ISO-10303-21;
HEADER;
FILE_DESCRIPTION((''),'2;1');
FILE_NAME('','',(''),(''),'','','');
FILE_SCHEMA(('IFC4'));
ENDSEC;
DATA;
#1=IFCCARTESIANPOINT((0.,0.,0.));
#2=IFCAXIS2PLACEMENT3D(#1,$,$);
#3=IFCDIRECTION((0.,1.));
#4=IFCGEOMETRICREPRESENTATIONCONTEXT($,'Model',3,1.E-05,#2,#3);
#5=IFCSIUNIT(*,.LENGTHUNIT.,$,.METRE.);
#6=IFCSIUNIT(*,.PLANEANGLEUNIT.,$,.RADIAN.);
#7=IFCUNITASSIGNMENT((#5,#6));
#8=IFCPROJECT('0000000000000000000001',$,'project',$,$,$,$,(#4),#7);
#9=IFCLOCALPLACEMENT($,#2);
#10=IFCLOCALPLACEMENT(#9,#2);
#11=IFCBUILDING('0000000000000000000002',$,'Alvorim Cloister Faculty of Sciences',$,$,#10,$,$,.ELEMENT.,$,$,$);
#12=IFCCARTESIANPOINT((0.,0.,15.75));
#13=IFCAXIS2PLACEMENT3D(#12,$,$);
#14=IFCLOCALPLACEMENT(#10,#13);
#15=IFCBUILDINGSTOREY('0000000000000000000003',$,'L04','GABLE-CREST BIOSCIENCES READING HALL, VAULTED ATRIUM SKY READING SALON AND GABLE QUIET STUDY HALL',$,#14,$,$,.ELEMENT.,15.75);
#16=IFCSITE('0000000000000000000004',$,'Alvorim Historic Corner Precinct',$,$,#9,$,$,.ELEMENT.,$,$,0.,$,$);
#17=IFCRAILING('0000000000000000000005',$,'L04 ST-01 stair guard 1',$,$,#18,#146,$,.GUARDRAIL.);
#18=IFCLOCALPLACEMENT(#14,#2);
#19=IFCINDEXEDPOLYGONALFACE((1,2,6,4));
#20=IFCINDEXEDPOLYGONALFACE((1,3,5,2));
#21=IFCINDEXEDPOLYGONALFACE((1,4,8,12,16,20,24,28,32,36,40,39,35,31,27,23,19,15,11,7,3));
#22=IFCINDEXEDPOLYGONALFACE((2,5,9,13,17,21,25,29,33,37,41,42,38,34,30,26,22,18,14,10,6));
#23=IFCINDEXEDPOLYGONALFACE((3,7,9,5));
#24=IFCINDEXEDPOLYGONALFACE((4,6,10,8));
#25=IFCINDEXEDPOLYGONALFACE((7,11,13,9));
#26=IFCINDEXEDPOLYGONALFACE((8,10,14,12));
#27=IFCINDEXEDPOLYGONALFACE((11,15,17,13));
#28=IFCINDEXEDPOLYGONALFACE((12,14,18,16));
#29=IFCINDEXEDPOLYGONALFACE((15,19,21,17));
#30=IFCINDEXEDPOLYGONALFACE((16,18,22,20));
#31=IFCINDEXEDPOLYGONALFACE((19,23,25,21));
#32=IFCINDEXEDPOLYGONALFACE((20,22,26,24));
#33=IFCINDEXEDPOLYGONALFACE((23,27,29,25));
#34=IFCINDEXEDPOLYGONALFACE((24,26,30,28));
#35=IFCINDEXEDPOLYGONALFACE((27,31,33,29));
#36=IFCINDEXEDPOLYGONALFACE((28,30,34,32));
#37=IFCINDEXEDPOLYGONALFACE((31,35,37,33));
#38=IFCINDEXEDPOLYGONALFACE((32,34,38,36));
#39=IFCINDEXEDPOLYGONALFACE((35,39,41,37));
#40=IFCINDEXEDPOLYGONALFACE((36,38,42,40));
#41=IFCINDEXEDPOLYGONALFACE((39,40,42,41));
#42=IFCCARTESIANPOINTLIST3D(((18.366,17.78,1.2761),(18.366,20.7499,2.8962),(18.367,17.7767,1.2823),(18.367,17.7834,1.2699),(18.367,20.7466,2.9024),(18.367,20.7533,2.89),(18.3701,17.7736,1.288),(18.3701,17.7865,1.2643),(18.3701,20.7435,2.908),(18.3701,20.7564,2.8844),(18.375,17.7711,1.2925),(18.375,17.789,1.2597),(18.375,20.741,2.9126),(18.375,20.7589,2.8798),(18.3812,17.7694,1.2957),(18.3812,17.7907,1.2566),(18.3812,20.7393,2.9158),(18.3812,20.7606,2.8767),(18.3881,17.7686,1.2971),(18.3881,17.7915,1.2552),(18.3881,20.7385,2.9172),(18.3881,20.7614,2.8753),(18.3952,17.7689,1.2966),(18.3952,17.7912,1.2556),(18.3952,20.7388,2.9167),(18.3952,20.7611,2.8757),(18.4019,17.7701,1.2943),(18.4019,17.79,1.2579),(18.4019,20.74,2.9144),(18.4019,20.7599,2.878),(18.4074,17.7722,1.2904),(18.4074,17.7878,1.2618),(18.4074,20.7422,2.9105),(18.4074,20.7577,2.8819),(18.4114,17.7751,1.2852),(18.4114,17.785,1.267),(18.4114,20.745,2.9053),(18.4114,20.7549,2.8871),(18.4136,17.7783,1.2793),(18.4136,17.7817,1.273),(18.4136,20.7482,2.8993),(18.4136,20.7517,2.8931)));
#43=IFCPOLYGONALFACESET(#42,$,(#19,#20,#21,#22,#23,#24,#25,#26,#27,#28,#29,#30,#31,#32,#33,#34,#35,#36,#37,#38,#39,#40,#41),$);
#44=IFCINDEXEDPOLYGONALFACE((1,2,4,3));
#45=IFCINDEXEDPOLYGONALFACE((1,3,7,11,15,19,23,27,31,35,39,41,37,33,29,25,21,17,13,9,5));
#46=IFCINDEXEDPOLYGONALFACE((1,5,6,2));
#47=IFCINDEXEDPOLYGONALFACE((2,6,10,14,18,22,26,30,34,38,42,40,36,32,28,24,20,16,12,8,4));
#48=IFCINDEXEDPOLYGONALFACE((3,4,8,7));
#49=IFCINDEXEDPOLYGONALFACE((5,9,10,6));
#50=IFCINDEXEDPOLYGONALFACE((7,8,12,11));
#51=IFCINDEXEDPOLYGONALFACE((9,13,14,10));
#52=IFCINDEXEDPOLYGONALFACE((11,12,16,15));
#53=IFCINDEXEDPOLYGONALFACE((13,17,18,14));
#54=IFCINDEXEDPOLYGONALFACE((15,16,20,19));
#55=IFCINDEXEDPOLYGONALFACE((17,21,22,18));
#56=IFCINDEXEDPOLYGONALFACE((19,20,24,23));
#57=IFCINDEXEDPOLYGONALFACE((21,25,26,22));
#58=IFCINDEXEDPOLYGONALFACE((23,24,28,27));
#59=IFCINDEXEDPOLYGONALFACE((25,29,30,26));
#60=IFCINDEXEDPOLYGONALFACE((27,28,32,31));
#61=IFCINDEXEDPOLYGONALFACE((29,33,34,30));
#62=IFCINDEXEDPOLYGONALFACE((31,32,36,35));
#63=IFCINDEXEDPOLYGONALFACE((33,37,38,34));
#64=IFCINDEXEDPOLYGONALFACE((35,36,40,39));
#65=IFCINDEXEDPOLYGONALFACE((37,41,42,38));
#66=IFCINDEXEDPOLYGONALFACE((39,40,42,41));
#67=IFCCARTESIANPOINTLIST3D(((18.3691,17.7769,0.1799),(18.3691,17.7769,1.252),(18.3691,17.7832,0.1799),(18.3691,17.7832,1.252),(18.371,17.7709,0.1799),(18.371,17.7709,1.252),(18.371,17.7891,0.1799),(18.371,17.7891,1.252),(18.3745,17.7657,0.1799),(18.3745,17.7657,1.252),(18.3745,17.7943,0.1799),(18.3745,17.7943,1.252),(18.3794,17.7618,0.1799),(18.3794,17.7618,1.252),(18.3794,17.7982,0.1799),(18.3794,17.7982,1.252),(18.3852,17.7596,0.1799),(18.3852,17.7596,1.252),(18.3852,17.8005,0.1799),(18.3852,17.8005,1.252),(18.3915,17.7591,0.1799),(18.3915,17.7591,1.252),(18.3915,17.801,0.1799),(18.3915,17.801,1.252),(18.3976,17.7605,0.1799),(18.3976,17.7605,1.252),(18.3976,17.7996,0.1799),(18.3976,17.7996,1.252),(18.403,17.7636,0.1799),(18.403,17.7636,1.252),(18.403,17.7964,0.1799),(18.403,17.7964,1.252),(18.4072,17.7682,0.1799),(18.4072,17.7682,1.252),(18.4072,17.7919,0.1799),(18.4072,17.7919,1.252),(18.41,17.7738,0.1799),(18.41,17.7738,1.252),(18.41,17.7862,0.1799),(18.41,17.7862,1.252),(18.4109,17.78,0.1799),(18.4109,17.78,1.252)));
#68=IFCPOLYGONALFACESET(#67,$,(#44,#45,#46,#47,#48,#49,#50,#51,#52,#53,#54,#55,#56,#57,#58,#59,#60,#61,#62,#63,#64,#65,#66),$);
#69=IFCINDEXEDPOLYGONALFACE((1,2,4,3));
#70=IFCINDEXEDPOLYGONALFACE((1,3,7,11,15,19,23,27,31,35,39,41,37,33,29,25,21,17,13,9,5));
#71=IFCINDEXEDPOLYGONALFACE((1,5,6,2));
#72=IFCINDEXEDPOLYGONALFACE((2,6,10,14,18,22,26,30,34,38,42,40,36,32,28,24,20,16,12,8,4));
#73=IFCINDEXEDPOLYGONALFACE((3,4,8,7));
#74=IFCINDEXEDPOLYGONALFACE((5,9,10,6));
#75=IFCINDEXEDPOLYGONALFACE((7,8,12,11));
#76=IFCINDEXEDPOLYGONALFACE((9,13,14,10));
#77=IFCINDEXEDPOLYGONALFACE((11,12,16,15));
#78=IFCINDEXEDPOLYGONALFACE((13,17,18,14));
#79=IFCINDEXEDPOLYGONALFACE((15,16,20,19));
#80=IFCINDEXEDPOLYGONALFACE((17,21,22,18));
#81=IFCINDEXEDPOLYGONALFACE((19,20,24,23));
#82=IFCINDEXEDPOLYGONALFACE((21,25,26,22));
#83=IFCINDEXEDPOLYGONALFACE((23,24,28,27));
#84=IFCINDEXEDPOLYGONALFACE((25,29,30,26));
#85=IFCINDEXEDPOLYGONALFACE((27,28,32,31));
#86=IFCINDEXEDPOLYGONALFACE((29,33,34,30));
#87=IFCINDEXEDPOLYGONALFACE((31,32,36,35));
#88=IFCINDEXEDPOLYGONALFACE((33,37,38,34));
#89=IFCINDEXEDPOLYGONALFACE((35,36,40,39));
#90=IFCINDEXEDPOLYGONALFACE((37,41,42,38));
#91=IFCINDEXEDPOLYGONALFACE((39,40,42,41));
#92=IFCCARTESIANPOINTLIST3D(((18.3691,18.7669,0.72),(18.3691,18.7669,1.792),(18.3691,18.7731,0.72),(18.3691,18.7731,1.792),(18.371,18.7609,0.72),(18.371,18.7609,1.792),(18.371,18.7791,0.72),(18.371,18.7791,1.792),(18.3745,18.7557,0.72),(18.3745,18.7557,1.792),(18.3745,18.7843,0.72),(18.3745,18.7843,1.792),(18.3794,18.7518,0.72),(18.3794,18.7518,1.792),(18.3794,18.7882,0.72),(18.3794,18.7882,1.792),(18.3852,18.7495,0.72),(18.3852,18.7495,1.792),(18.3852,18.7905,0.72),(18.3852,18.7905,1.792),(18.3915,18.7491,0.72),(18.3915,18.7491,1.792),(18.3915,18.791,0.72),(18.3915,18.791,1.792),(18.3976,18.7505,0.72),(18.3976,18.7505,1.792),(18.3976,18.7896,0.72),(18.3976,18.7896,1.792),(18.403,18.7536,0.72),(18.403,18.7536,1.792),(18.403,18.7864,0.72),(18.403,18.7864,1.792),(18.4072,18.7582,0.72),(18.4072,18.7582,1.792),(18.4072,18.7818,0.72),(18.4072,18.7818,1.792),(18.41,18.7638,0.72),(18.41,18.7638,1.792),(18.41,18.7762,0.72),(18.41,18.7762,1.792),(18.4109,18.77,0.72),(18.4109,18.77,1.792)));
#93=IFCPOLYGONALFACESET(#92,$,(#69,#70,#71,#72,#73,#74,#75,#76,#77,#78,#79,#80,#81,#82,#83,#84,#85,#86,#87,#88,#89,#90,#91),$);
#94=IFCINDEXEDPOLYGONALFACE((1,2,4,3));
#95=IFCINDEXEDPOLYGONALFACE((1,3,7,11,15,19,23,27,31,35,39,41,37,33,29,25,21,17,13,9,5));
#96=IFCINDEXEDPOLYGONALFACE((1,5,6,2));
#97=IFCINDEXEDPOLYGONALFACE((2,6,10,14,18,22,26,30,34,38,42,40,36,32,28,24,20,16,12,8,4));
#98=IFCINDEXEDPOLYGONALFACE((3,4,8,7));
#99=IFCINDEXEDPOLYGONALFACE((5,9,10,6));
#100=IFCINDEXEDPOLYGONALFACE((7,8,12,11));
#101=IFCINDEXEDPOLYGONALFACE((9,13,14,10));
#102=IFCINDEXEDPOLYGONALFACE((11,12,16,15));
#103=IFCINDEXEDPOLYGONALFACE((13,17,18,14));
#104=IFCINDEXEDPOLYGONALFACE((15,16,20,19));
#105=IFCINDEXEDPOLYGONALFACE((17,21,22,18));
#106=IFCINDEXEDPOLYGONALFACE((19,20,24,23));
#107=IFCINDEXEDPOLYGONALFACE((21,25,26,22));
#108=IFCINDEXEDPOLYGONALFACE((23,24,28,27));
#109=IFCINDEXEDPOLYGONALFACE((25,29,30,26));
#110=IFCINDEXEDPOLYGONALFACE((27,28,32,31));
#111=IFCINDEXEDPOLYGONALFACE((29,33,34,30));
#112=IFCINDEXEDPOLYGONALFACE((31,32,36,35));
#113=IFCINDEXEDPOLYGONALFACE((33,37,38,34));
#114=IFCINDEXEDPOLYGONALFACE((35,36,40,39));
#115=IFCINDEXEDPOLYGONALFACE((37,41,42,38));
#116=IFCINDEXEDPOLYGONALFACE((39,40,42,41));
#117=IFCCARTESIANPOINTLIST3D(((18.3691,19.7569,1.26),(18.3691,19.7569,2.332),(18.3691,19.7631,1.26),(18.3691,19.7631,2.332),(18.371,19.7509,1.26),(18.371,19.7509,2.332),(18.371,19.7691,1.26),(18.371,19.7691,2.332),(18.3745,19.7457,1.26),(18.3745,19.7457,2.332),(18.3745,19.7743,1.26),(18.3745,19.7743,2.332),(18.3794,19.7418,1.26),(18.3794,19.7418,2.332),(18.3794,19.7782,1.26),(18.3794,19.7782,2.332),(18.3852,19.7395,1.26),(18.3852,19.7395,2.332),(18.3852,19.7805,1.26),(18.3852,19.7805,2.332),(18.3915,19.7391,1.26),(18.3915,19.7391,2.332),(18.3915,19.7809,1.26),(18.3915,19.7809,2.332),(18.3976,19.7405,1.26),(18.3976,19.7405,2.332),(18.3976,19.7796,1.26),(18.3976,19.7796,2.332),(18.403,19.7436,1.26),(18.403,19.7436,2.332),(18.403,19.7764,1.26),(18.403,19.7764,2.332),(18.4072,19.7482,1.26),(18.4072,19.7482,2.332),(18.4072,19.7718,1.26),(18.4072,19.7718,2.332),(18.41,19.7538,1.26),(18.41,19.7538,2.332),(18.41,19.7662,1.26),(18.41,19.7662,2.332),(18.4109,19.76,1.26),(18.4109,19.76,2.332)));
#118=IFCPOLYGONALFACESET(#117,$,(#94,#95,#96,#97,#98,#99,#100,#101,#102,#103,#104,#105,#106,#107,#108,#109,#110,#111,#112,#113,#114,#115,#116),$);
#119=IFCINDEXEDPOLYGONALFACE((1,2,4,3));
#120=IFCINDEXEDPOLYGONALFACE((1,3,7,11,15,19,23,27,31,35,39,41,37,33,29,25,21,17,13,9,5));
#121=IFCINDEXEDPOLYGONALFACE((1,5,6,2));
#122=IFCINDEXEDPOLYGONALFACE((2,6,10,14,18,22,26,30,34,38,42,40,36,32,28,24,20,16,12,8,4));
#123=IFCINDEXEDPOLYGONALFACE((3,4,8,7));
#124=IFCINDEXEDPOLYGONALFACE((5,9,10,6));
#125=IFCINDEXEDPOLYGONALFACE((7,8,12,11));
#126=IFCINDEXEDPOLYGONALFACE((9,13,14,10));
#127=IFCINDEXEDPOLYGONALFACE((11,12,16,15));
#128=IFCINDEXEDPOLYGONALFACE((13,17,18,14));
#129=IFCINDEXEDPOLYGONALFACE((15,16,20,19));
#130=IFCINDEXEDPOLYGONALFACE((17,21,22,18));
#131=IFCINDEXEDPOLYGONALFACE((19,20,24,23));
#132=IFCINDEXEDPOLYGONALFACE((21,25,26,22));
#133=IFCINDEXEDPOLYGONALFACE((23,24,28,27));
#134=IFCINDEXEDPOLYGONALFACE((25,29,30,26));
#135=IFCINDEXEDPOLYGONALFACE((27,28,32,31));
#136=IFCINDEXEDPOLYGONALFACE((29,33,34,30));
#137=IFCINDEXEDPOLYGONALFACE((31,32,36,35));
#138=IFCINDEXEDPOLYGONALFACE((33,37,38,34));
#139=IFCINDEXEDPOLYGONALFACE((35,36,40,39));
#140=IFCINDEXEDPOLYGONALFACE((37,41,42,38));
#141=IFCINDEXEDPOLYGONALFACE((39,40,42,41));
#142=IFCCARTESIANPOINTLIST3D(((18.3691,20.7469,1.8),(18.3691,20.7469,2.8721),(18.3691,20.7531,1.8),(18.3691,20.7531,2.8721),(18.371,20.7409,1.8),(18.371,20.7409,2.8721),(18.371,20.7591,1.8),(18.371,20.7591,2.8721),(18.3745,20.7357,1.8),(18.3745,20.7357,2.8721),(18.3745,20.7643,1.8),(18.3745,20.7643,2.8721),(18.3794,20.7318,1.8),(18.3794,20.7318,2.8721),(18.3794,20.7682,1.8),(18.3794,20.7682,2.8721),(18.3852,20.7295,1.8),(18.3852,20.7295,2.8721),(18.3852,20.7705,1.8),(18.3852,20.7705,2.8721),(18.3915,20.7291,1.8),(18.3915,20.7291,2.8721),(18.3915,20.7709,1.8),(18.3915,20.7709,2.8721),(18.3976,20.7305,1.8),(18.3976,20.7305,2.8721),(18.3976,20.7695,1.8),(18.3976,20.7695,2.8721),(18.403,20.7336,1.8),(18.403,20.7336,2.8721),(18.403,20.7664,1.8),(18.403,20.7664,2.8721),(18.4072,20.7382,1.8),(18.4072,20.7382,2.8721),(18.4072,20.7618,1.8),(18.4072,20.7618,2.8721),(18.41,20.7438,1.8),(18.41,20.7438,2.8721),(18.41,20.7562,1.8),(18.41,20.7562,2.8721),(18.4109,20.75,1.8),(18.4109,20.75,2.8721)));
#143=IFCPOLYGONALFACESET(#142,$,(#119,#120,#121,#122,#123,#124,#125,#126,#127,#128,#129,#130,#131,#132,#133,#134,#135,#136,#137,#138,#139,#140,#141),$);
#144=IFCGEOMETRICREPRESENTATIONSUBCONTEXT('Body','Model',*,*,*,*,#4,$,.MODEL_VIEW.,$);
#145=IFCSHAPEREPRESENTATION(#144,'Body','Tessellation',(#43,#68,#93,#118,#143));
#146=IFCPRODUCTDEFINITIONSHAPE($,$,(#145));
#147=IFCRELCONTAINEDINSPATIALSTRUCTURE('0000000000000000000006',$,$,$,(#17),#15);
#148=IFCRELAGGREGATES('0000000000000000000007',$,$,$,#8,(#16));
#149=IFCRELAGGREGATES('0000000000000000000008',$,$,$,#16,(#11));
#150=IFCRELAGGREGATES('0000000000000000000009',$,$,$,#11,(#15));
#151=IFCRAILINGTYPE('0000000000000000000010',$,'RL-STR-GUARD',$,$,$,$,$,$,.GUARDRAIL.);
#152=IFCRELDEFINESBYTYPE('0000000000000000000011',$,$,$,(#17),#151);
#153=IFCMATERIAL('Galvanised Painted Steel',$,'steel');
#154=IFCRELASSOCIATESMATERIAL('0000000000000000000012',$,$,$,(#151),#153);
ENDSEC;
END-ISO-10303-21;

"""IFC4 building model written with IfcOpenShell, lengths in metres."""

from ifc_helpers import new_model, si_unit, direction, frame, origin, origin_2d, place, context, subcontext, project, spatial, circle, extrude, material, type_object, element, save


model = new_model("IFC4")

# Units and contexts
model_context = context("Model", 3, precision=1e-05, world=origin(), true_north=direction((0.0, 1.0)))
body_context = subcontext(model_context, "Body", "Model", "MODEL_VIEW")
ifc_project = project(units=[si_unit("LENGTHUNIT", "METRE"), si_unit("PLANEANGLEUNIT", "RADIAN")], contexts=[model_context])

# Site, building, storey
site_placement = place(None, origin())
site = spatial("IfcSite", under=ifc_project, at=site_placement, Name="Alvorim Historic Corner Precinct", CompositionType="ELEMENT", RefElevation=0.0)
building_placement = place(site_placement, origin())
building = spatial("IfcBuilding", under=site, at=building_placement, Name="Alvorim Cloister Faculty of Sciences", CompositionType="ELEMENT")
storey_placement = place(building_placement, frame((0.0, 0.0, 15.75)))
storey = spatial("IfcBuildingStorey", under=building, at=storey_placement, Name="L04", Description="GABLE-CREST BIOSCIENCES READING HALL, VAULTED ATRIUM SKY READING SALON AND GABLE QUIET STUDY HALL", CompositionType="ELEMENT", Elevation=15.75)

# Railing
ifc_material_1 = material(Name="Galvanised Painted Steel", Category="steel")
railing_type_1 = type_object("IfcRailingType", Name="RL-STR-GUARD", PredefinedType="GUARDRAIL", material=ifc_material_1)
railing_1_placement = place(storey_placement, frame((18.3899, 17.78, 0.1799)))
element("IfcRailing", 1, at=railing_1_placement, inside=storey, type_object=railing_type_1, Name="L04 ST-01 stair guard 1", PredefinedType="GUARDRAIL", context=body_context, shape_type="SweptSolid", body=[
    extrude(circle(Radius=0.0239, at=origin_2d()), frame((0.0, 0.0, 1.0962), z_axis=(0.0, 0.877879, 0.478882), x_axis=(-1.0, 0.0, 0.0)), (0.0, 0.0, 1.0), 3.3831),
    extrude(circle(Radius=0.021, at=origin_2d()), origin(), (0.0, 0.0, 1.0), 1.072),
    extrude(circle(Radius=0.021, at=origin_2d()), frame((0.0, 0.99, 0.54)), (0.0, 0.0, 1.0), 1.072),
    extrude(circle(Radius=0.021, at=origin_2d()), frame((0.0, 1.98, 1.0801)), (0.0, 0.0, 1.0), 1.072),
    extrude(circle(Radius=0.021, at=origin_2d()), frame((0.0, 2.97, 1.6201)), (0.0, 0.0, 1.0), 1.072),
])

save(model, "model.ifc")
